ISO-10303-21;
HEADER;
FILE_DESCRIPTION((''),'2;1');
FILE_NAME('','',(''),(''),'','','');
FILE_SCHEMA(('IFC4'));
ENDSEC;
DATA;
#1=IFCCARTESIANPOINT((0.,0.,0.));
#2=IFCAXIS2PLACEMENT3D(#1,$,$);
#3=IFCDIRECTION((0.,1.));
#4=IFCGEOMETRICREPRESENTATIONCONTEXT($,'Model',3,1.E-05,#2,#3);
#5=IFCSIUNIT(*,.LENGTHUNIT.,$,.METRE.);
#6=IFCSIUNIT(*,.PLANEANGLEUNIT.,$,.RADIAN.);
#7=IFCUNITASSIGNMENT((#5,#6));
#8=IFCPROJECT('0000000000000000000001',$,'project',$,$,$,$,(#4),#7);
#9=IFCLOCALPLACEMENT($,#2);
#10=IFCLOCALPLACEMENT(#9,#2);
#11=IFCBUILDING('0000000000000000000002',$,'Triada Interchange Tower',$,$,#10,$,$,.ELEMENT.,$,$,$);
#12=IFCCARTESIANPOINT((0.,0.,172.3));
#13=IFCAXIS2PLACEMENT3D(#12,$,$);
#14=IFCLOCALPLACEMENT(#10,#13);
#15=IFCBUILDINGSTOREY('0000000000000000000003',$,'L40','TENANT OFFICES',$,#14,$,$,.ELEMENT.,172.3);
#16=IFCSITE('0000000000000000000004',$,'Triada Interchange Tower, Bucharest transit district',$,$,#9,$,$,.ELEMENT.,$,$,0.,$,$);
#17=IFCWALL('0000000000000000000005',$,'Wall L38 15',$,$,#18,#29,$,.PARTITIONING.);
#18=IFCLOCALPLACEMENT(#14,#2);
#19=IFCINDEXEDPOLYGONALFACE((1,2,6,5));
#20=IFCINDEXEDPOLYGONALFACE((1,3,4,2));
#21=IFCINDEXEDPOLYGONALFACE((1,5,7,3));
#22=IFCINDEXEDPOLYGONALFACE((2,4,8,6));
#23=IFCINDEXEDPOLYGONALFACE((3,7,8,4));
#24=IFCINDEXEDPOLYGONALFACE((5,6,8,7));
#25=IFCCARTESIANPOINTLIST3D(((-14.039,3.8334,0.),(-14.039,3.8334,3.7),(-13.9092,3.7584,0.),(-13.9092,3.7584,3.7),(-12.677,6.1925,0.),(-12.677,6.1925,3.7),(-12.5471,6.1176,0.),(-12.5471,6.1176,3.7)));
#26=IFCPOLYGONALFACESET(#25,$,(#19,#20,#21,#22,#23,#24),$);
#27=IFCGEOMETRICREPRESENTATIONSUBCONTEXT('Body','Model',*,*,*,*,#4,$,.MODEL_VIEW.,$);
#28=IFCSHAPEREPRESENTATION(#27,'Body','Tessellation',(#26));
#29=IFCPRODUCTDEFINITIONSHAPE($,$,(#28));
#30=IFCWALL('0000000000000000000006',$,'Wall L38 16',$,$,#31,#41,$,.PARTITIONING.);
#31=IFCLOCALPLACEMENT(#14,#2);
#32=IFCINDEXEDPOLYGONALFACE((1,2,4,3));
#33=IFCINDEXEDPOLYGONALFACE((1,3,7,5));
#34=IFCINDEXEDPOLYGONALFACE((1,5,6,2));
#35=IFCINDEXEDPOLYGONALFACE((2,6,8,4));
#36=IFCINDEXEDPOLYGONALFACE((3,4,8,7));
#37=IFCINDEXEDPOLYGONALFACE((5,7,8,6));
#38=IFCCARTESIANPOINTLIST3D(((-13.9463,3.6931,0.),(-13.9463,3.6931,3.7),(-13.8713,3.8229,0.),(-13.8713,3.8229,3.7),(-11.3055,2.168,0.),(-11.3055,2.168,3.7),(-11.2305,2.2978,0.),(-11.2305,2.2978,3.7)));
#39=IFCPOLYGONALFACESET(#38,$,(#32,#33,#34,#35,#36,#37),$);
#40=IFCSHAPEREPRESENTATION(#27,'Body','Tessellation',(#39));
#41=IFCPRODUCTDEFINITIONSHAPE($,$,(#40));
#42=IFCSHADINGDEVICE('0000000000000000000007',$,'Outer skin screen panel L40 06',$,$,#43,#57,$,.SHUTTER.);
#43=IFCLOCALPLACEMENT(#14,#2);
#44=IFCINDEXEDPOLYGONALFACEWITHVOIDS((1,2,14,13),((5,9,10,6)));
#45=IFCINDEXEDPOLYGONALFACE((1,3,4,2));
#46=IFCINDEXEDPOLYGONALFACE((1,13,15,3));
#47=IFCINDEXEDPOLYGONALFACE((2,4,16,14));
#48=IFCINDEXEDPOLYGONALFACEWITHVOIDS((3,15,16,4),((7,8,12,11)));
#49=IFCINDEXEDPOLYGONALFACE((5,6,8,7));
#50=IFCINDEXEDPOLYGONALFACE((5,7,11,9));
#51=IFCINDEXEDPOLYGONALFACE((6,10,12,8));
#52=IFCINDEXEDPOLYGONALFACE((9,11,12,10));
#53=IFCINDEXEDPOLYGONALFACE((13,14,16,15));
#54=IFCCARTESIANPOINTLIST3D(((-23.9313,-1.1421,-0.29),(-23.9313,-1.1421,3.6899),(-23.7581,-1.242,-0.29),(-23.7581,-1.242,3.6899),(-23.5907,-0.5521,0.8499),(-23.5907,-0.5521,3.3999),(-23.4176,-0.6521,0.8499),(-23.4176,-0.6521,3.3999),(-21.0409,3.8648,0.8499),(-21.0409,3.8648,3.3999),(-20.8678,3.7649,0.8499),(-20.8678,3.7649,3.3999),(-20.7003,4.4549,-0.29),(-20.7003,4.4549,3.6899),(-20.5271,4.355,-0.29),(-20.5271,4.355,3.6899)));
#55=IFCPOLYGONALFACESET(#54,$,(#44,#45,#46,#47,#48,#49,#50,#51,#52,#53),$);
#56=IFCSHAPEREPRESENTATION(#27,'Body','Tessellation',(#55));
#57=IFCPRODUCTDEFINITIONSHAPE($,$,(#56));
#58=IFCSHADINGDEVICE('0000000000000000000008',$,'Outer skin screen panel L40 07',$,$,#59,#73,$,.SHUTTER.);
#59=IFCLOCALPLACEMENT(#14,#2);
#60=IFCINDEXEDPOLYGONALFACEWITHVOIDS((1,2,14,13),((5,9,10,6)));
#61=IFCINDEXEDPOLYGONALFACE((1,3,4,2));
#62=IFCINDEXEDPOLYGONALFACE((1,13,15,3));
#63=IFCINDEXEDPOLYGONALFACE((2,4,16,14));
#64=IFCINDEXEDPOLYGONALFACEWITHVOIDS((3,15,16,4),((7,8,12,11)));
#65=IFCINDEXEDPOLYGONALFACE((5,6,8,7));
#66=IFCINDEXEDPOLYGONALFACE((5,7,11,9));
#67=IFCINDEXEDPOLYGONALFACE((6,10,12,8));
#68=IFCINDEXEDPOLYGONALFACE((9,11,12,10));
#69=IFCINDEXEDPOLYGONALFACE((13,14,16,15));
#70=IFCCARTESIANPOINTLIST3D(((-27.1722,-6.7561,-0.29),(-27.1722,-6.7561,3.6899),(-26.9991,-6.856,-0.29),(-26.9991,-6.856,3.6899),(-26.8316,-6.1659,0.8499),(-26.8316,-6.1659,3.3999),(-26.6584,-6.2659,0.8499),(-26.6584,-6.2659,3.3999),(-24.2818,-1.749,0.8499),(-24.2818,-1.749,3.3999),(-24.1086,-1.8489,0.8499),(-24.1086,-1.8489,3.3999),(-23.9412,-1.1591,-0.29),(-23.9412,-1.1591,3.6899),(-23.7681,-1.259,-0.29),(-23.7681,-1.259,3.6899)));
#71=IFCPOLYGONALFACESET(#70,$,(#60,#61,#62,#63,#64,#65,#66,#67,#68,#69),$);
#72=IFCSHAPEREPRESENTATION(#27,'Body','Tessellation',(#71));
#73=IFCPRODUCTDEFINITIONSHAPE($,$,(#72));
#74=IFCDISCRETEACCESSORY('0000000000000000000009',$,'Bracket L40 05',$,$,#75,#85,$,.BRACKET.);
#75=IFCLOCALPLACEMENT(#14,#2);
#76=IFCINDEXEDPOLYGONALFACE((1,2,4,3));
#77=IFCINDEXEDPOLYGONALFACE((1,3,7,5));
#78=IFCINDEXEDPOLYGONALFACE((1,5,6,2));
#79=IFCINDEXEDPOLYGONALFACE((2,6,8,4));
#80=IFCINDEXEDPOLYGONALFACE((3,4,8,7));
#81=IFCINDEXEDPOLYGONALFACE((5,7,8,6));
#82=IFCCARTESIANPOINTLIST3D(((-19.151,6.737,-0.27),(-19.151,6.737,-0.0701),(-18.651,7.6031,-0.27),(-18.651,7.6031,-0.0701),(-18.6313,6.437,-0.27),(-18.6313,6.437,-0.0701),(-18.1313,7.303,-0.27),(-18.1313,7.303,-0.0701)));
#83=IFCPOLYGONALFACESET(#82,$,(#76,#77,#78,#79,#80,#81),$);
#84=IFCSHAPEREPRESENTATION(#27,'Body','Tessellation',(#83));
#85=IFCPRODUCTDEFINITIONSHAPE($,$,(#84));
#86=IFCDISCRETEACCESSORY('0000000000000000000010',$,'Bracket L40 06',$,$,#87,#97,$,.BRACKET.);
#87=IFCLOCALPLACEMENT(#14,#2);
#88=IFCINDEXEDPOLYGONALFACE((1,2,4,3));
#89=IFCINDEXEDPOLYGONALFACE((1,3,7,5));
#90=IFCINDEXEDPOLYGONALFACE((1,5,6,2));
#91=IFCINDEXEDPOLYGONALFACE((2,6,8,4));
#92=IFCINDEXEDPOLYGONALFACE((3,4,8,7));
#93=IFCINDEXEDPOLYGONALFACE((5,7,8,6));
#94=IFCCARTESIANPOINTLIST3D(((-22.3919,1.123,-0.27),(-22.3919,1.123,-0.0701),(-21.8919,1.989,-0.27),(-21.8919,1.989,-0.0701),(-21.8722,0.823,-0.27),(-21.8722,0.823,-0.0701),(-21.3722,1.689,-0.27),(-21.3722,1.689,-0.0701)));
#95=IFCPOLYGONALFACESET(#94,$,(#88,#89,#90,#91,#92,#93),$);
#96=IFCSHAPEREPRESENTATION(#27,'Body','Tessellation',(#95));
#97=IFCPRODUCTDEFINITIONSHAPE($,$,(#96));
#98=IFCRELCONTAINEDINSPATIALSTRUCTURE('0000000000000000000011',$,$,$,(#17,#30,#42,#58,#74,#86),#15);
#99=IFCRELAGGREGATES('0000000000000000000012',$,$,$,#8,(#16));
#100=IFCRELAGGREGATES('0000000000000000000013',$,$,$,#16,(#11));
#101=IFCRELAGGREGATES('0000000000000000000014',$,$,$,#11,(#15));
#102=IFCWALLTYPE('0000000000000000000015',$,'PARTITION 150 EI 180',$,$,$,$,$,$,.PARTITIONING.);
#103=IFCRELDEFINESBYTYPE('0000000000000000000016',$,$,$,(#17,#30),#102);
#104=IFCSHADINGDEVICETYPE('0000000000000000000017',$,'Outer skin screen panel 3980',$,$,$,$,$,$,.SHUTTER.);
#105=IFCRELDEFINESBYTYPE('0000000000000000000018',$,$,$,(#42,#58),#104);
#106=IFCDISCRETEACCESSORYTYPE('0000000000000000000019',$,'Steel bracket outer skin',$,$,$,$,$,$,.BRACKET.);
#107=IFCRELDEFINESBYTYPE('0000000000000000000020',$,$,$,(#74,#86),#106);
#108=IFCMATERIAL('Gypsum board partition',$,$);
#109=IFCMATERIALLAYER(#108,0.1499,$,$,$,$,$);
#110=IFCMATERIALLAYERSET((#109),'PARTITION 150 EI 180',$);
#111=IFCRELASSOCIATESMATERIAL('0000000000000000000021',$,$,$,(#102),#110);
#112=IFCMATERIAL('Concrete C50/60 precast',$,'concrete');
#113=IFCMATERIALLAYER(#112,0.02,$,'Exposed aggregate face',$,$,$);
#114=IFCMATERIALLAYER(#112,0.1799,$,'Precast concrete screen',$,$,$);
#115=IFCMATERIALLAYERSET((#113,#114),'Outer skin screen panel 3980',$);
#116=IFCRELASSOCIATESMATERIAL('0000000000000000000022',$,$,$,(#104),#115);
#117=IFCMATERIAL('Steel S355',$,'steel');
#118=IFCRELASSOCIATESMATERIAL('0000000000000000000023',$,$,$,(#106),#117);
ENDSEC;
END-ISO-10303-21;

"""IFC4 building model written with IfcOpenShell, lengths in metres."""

from ifc_helpers import new_model, si_unit, direction, frame, frame_2d, origin, origin_2d, place, context, subcontext, project, spatial, polyline, rectangle, outline, extrude, material, layer, layer_set, type_object, element, save


model = new_model("IFC4")

# Units and contexts
model_context = context("Model", 3, precision=1e-05, world=origin(), true_north=direction((0.0, 1.0)))
body_context = subcontext(model_context, "Body", "Model", "MODEL_VIEW")
ifc_project = project(units=[si_unit("LENGTHUNIT", "METRE"), si_unit("PLANEANGLEUNIT", "RADIAN")], contexts=[model_context])

# Site, building, storey
site_placement = place(None, origin())
site = spatial("IfcSite", under=ifc_project, at=site_placement, Name="Triada Interchange Tower, Bucharest transit district", CompositionType="ELEMENT", RefElevation=0.0)
building_placement = place(site_placement, origin())
building = spatial("IfcBuilding", under=site, at=building_placement, Name="Triada Interchange Tower", CompositionType="ELEMENT")
storey_placement = place(building_placement, frame((0.0, 0.0, 172.3)))
storey = spatial("IfcBuildingStorey", under=building, at=storey_placement, Name="L40", Description="TENANT OFFICES", CompositionType="ELEMENT", Elevation=172.3)

# Shared definitions
ifc_material_1 = material(Name="Gypsum board partition")
ifc_layer_1 = layer(ifc_material_1, 0.1499)
ifc_layer_set_1 = layer_set([ifc_layer_1], Name="PARTITION 150 EI 180")
wall_type_1 = type_object("IfcWallType", Name="PARTITION 150 EI 180", PredefinedType="PARTITIONING", material=ifc_layer_set_1)

# Walls
wall_1_placement = place(storey_placement, frame((-13.9741, 3.7959, 0.0), z_axis=(0.0, 0.0, 1.0), x_axis=(0.500004, 0.866023, 0.0)))
element("IfcWall", 1, at=wall_1_placement, inside=storey, type_object=wall_type_1, Name="Wall L38 15", PredefinedType="PARTITIONING", context=body_context, shape_type="SweptSolid", body=[
    extrude(rectangle(XDim=2.7241, YDim=0.1499, at=frame_2d((1.3621, 0.0))), origin(), (0.0, 0.0, 1.0), 3.7),
])
wall_2_placement = place(storey_placement, frame((-13.9089, 3.7581, 0.0), z_axis=(0.0, 0.0, 1.0), x_axis=(0.865963, -0.500108, 0.0)))
element("IfcWall", 2, at=wall_2_placement, inside=storey, type_object=wall_type_1, Name="Wall L38 16", PredefinedType="PARTITIONING", context=body_context, shape_type="SweptSolid", body=[
    extrude(rectangle(XDim=3.0496, YDim=0.1499, at=frame_2d((1.5249, 0.0))), origin(), (0.0, 0.0, 1.0), 3.7),
])

# Shading devices
ifc_material_2 = material(Name="Concrete C50/60 precast", Category="concrete")
ifc_layer_2 = layer(ifc_material_2, 0.02, Name="Exposed aggregate face")
ifc_layer_3 = layer(ifc_material_2, 0.1799, Name="Precast concrete screen")
ifc_layer_set_2 = layer_set([ifc_layer_2, ifc_layer_3], Name="Outer skin screen panel 3980")
shading_device_type = type_object("IfcShadingDeviceType", Name="Outer skin screen panel 3980", PredefinedType="SHUTTER", material=ifc_layer_set_2)
shading_device_1_placement = place(storey_placement, frame((-20.5271, 4.355, -0.29), z_axis=(0.0, 0.0, 1.0), x_axis=(-0.49995, -0.866054, 0.0)))
element("IfcShadingDevice", 3, at=shading_device_1_placement, inside=storey, type_object=shading_device_type, Name="Outer skin screen panel L40 06", PredefinedType="SHUTTER", context=body_context, shape_type="SweptSolid", body=[
    extrude(outline(polyline([(0.0, 0.0), (6.4626, 0.0), (6.4626, 3.98), (0.0, 3.98), (0.0, 0.0)]), holes=[polyline([(0.6814, 1.1399), (0.6814, 3.6899), (5.7815, 3.6899), (5.7815, 1.1399), (0.6814, 1.1399)])]), frame((0.0, 0.0, 0.0), z_axis=(0.0, -1.0, 0.0), x_axis=(1.0, 0.0, 0.0)), (0.0, 0.0, 1.0), 0.2),
])
shading_device_2_placement = place(storey_placement, frame((-23.7681, -1.259, -0.29), z_axis=(0.0, 0.0, 1.0), x_axis=(-0.49995, -0.866054, 0.0)))
element("IfcShadingDevice", 4, at=shading_device_2_placement, inside=storey, type_object=shading_device_type, Name="Outer skin screen panel L40 07", PredefinedType="SHUTTER", context=body_context, shape_type="SweptSolid", body=[
    extrude(outline(polyline([(0.0, 0.0), (6.4626, 0.0), (6.4626, 3.98), (0.0, 3.98), (0.0, 0.0)]), holes=[polyline([(0.6812, 1.1399), (0.6812, 3.6899), (5.7812, 3.6899), (5.7812, 1.1399), (0.6812, 1.1399)])]), frame((0.0, 0.0, 0.0), z_axis=(0.0, -1.0, 0.0), x_axis=(1.0, 0.0, 0.0)), (0.0, 0.0, 1.0), 0.2),
])

# Discrete accessories
ifc_material_3 = material(Name="Steel S355", Category="steel")
discrete_accessory_type = type_object("IfcDiscreteAccessoryType", Name="Steel bracket outer skin", PredefinedType="BRACKET", material=ifc_material_3)
for number, where, z_axis, x_axis, name in (
    (5, (-18.6411, 7.02, -0.27), (0.0, 0.0, 1.0), (-0.866023, 0.500005, 0.0), "Bracket L40 05"),
    (6, (-21.8821, 1.406, -0.27), (0.0, 0.0, 1.0), (-0.866023, 0.500005, 0.0), "Bracket L40 06"),
):
    element("IfcDiscreteAccessory", number, at=place(storey_placement, frame(where, z_axis=z_axis, x_axis=x_axis)), inside=storey, type_object=discrete_accessory_type, Name=name, PredefinedType="BRACKET", context=body_context, shape_type="SweptSolid", body=[
        extrude(rectangle(XDim=0.6001, YDim=1.0, at=origin_2d()), origin(), (0.0, 0.0, 1.0), 0.2),
    ])

save(model, "model.ifc")
